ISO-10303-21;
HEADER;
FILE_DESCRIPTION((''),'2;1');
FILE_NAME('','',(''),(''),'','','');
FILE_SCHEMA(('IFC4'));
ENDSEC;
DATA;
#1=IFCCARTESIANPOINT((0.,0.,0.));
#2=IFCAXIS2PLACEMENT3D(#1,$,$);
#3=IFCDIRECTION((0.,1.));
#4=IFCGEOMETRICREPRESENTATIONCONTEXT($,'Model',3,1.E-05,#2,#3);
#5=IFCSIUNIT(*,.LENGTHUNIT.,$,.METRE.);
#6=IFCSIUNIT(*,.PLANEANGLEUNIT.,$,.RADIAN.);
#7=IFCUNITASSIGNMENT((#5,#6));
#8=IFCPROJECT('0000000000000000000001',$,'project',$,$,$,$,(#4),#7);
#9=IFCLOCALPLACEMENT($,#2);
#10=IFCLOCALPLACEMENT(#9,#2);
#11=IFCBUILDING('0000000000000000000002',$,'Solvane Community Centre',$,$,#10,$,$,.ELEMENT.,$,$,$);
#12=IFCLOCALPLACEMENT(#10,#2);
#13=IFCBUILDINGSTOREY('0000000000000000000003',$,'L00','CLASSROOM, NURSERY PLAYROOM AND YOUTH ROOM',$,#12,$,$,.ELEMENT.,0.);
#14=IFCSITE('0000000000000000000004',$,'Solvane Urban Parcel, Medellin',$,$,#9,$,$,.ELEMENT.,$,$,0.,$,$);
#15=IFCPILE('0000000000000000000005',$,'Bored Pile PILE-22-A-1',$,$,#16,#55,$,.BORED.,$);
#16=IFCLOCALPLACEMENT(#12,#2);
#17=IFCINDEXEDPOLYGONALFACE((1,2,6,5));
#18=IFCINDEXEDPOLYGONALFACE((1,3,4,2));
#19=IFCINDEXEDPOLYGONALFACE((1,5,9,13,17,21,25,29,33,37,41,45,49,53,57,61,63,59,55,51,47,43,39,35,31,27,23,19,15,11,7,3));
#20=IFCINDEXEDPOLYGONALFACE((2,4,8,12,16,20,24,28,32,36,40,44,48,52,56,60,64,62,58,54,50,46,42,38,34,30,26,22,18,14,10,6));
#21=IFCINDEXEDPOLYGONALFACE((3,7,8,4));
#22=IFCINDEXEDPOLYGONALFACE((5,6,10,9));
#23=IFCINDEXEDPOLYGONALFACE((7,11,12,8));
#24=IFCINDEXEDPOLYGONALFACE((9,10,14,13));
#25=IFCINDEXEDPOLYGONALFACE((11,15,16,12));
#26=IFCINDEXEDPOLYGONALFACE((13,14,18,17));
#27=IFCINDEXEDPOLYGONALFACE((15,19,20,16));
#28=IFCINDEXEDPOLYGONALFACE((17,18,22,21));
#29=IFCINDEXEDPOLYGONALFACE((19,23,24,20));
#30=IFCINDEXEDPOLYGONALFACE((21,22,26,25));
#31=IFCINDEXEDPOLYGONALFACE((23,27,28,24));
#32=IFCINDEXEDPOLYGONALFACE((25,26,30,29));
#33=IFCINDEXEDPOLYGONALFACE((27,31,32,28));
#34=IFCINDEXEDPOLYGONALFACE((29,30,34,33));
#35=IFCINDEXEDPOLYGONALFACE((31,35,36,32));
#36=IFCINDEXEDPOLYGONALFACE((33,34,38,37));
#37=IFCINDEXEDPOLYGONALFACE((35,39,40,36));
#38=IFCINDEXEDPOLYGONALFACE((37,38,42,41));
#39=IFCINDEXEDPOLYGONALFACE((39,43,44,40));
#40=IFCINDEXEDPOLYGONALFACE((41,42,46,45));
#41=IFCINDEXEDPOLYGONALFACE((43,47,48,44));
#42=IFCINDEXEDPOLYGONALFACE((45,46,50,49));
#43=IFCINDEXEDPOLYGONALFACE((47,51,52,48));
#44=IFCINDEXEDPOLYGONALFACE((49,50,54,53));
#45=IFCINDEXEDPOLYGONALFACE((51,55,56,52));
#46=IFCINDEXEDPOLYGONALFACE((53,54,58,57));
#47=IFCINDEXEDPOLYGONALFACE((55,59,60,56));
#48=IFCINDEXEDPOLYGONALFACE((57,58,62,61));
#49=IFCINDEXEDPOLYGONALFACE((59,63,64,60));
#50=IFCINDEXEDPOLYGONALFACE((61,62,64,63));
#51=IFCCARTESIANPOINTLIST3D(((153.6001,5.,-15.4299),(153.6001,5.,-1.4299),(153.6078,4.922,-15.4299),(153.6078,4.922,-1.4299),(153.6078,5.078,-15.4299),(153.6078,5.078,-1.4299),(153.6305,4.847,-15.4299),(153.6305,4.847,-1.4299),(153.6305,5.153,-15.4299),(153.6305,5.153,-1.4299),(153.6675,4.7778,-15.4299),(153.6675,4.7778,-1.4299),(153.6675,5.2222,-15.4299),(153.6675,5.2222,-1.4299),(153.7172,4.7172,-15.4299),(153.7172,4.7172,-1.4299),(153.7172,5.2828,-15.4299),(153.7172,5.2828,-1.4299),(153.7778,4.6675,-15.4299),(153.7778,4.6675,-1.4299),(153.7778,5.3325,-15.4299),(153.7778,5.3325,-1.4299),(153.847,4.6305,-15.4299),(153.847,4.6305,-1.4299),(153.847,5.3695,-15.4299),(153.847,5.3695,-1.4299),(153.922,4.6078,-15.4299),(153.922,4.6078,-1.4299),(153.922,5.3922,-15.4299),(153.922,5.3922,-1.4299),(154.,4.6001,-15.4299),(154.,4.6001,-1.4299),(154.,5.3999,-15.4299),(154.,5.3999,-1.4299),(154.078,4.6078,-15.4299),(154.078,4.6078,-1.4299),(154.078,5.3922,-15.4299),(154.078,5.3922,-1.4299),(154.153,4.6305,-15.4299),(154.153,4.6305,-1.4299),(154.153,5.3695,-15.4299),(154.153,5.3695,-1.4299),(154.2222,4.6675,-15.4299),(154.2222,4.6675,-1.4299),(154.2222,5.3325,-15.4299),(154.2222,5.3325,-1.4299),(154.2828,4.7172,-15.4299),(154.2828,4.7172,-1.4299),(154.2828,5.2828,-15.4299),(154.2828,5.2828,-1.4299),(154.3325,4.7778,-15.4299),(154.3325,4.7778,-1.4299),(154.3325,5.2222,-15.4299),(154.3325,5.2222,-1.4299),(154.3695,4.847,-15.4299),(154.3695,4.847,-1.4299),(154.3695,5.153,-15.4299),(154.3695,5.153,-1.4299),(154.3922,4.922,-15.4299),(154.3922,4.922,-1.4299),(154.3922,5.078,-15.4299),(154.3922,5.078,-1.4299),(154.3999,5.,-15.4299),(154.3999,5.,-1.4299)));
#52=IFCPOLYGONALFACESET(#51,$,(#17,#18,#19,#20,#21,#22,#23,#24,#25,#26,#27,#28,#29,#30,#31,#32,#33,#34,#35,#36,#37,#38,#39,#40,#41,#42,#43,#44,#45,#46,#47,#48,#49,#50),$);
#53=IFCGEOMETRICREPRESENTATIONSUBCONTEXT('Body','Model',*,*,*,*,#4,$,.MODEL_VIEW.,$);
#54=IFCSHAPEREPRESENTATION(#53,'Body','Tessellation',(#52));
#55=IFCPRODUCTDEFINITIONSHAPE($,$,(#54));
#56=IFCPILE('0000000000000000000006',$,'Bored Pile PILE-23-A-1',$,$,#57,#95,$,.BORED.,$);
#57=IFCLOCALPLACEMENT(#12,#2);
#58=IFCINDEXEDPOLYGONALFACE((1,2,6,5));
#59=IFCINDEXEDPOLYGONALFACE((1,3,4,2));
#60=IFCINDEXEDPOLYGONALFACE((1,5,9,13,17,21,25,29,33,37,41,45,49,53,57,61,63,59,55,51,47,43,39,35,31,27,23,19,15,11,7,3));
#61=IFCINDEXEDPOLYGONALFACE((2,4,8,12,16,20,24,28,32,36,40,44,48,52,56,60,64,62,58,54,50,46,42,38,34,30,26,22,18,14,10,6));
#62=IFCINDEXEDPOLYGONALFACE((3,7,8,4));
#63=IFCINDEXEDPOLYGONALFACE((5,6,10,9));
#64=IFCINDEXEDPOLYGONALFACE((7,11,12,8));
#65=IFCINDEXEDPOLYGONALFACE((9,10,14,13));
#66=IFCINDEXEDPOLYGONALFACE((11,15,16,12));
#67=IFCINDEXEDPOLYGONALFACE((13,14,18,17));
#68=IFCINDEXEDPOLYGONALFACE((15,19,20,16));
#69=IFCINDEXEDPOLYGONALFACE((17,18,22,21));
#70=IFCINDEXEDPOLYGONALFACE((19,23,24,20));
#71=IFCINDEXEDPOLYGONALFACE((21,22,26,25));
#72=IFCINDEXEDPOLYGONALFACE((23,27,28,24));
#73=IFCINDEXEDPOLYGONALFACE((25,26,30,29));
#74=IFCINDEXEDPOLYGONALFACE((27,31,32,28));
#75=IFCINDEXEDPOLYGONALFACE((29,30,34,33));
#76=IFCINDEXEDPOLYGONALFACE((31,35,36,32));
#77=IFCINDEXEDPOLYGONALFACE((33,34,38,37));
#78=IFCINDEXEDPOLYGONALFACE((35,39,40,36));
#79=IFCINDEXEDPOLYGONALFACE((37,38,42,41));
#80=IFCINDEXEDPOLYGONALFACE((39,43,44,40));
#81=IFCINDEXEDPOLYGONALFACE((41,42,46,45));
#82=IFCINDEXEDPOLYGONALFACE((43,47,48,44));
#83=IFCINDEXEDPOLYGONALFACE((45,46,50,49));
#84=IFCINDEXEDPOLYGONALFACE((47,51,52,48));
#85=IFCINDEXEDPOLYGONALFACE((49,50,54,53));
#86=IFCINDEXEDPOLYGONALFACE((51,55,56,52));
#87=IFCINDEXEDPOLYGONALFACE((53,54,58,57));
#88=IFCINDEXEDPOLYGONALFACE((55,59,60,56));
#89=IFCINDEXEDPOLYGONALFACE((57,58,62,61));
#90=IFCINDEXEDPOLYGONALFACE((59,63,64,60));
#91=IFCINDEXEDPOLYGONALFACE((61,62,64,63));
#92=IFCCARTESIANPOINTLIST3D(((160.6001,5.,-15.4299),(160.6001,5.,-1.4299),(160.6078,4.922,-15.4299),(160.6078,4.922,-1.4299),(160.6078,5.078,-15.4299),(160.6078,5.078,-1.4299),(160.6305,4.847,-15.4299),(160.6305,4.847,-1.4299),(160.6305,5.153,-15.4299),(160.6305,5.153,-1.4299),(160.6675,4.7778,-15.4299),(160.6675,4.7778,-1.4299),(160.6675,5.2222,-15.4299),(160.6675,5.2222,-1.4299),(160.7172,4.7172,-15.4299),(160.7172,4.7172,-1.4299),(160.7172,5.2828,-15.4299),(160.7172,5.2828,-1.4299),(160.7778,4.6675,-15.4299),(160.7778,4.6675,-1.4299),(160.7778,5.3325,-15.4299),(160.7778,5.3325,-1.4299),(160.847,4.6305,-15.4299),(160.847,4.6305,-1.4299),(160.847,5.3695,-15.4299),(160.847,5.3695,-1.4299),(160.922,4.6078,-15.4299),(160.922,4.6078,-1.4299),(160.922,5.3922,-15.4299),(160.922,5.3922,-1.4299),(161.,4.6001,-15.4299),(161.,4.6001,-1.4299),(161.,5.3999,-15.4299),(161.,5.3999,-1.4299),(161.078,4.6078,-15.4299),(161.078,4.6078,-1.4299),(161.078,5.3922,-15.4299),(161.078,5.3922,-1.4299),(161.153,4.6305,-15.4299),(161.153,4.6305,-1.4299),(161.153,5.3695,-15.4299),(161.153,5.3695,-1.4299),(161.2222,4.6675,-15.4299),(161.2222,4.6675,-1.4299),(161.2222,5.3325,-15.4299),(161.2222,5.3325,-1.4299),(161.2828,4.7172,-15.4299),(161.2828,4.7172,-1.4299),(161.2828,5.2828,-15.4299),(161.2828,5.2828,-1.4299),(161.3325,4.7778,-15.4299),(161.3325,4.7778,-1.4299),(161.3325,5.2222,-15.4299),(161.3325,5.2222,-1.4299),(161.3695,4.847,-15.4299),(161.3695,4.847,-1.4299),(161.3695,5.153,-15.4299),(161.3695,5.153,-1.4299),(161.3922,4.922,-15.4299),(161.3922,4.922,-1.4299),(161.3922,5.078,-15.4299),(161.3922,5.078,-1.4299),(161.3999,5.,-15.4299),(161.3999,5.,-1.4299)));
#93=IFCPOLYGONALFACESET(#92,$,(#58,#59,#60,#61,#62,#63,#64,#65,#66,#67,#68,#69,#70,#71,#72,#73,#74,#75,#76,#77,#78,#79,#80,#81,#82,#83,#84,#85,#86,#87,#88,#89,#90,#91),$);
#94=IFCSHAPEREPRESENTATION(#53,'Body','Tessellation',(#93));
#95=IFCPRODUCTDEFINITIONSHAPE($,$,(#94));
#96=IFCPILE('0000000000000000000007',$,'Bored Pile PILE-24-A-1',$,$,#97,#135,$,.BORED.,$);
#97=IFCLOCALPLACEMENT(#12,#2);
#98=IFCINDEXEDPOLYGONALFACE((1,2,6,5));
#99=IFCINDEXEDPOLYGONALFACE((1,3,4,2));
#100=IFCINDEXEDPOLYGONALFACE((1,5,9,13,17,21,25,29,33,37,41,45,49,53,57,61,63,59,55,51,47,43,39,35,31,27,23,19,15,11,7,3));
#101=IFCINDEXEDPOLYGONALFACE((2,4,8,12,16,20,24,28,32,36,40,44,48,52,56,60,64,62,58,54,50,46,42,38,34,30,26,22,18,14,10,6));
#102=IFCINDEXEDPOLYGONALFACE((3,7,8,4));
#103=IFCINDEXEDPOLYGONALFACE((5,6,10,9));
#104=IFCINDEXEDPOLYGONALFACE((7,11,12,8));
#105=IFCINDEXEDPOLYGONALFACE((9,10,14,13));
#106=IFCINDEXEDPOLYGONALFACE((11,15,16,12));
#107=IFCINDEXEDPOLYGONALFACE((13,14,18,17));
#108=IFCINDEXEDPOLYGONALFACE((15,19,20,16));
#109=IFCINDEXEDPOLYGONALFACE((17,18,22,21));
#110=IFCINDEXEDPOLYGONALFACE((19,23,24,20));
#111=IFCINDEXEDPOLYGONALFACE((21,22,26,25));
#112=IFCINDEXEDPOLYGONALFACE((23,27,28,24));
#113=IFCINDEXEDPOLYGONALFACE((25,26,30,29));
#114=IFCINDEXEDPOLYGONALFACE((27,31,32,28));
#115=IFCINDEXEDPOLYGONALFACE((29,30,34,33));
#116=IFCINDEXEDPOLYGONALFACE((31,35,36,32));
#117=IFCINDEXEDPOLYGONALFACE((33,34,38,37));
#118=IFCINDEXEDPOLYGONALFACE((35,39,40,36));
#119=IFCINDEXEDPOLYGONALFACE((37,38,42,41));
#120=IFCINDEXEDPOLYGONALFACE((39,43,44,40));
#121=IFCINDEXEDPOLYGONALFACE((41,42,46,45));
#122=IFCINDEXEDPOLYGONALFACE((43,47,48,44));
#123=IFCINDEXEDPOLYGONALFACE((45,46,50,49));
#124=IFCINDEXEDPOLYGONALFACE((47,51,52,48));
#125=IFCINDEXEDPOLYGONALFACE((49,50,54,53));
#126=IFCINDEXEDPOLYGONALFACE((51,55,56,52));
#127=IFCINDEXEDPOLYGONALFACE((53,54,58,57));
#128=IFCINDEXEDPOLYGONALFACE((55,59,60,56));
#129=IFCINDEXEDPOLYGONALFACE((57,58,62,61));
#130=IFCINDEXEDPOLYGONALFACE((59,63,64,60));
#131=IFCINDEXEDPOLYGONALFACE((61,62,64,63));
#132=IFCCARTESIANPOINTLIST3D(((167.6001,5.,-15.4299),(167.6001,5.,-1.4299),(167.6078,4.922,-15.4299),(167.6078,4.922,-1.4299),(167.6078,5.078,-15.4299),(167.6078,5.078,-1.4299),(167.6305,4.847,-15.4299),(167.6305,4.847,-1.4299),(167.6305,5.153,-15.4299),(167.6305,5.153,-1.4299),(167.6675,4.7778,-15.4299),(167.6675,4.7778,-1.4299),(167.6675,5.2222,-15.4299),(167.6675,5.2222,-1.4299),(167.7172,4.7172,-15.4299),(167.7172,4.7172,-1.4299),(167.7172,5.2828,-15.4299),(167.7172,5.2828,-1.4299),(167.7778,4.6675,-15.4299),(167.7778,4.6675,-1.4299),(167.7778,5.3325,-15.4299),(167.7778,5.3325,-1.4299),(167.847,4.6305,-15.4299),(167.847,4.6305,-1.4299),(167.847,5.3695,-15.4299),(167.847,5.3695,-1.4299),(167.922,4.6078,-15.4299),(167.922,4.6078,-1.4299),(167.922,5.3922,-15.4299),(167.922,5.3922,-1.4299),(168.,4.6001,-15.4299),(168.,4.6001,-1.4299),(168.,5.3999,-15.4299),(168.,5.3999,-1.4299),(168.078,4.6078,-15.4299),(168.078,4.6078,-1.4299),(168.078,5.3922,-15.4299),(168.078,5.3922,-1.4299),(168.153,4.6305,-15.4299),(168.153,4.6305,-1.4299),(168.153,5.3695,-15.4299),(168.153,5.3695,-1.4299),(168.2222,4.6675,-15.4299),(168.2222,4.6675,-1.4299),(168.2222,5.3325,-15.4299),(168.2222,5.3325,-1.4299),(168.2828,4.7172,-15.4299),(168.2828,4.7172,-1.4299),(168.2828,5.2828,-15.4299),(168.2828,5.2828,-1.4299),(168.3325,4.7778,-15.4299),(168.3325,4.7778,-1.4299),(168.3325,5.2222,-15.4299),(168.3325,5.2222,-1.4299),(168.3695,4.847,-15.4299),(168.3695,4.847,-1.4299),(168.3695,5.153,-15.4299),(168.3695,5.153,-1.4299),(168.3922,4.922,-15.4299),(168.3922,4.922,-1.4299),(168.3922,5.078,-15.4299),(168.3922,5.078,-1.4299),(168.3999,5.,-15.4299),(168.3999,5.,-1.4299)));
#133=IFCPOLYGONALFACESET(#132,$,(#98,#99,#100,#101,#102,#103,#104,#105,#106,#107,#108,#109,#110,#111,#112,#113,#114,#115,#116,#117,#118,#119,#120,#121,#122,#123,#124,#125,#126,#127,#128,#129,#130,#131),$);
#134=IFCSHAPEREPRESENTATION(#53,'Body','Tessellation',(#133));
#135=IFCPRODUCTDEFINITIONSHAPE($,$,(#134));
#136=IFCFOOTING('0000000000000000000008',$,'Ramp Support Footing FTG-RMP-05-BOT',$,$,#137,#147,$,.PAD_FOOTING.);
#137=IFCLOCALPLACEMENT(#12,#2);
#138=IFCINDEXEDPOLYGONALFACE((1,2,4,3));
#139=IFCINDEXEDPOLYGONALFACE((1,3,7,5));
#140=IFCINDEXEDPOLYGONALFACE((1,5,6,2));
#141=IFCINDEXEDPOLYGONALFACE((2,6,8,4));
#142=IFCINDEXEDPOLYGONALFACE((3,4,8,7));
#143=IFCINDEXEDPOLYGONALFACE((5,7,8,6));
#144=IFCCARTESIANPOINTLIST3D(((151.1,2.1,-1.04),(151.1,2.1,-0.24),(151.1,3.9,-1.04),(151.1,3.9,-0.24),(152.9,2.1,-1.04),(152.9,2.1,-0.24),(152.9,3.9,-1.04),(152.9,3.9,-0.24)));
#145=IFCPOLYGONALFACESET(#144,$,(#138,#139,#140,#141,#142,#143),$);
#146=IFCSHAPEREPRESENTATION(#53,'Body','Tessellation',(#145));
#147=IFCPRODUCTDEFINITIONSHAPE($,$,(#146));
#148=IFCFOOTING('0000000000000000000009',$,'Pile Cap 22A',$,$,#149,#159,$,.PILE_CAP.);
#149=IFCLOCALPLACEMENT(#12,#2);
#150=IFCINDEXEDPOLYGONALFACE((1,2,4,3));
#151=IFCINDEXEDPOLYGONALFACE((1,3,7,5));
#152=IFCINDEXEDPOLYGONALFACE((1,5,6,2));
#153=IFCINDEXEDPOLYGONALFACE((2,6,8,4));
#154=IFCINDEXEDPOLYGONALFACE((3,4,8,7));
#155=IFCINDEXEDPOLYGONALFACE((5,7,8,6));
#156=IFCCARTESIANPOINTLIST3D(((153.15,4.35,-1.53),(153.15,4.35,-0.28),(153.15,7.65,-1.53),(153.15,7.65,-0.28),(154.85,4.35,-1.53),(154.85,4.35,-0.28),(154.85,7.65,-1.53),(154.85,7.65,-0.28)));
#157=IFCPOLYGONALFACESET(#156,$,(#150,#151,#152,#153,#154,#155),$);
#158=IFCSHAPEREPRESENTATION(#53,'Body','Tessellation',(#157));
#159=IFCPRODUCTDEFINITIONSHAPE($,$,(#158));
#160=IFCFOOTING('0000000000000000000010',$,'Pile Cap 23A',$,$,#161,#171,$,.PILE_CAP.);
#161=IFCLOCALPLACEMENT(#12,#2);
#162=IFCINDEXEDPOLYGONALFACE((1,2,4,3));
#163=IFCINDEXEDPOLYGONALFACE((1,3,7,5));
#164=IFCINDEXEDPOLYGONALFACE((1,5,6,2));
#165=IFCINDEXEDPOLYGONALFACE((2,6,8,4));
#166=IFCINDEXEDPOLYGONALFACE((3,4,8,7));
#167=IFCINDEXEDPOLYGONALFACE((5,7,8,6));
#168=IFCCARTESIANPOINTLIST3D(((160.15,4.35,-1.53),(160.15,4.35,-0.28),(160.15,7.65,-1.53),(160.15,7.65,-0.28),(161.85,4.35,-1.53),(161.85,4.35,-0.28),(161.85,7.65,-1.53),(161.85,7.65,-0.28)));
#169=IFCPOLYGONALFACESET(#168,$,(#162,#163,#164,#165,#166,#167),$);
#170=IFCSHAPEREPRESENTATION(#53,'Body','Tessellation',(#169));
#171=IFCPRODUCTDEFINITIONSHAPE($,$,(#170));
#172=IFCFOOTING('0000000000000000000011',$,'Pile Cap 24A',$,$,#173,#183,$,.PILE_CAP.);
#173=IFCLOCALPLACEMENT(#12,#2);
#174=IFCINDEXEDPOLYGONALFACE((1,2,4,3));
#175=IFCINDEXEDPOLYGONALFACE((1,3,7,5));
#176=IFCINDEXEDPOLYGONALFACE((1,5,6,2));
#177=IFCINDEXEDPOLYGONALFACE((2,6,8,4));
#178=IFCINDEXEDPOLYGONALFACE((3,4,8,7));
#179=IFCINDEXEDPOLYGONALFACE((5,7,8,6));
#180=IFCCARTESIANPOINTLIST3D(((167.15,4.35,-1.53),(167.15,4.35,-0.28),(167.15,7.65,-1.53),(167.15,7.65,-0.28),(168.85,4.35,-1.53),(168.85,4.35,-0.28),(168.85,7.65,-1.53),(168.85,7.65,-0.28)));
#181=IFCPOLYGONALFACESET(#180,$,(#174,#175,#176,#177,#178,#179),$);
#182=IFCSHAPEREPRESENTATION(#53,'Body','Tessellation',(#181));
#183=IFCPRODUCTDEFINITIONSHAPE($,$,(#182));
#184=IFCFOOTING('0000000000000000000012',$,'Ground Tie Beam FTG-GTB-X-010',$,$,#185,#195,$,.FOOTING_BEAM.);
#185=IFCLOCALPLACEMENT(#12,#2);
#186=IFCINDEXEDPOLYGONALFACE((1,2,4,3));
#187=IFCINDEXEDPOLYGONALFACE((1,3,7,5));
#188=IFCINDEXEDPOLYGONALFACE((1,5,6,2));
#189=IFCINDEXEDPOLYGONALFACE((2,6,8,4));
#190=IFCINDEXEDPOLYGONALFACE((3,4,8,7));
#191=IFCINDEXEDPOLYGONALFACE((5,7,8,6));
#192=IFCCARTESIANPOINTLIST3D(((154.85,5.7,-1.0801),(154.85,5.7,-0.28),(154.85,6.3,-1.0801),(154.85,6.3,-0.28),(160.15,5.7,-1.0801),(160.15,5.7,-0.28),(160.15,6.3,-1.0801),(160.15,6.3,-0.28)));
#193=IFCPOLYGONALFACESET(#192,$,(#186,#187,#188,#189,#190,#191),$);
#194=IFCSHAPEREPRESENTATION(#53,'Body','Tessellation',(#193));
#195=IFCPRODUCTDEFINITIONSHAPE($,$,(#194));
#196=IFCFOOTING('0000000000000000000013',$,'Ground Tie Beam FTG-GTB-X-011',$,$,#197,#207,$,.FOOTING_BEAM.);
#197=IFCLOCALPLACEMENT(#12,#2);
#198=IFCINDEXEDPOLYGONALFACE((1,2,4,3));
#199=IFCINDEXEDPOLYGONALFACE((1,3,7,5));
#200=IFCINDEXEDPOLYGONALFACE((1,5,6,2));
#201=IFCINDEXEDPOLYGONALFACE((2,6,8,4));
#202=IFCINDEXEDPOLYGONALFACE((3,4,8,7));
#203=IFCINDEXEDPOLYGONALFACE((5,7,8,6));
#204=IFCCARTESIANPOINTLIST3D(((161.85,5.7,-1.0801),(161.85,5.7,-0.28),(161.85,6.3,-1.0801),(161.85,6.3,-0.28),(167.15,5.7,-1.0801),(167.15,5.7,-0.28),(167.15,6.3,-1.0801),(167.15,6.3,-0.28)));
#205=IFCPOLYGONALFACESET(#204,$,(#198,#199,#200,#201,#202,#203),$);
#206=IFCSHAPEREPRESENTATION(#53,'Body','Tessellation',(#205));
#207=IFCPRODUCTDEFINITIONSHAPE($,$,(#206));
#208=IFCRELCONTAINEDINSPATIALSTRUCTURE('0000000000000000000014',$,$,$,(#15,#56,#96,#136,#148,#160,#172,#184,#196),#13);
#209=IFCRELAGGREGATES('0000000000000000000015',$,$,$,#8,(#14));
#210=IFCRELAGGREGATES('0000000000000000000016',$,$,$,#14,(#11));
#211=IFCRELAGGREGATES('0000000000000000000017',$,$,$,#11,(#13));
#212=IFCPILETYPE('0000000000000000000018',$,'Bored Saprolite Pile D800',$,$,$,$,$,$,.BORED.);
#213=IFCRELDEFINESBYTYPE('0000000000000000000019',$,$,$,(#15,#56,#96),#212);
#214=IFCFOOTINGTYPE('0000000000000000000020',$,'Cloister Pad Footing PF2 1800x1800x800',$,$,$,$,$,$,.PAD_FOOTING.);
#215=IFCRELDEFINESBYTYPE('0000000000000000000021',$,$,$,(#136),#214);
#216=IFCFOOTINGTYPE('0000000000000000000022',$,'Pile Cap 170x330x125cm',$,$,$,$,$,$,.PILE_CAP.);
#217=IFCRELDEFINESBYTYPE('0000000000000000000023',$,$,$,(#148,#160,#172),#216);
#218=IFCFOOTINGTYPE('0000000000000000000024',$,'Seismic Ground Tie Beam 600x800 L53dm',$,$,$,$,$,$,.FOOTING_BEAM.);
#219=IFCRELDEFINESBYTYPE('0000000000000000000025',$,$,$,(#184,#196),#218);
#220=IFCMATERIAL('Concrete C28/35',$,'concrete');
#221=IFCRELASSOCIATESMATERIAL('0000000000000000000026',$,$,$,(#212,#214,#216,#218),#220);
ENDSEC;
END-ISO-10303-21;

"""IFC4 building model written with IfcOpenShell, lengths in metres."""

from ifc_helpers import new_model, si_unit, direction, frame, origin, origin_2d, place, context, subcontext, project, spatial, rectangle, circle, extrude, material, material_profile, profile_set, type_object, element, save


model = new_model("IFC4")

# Units and contexts
model_context = context("Model", 3, precision=1e-05, world=origin(), true_north=direction((0.0, 1.0)))
body_context = subcontext(model_context, "Body", "Model", "MODEL_VIEW")
ifc_project = project(units=[si_unit("LENGTHUNIT", "METRE"), si_unit("PLANEANGLEUNIT", "RADIAN")], contexts=[model_context])

# Site, building, storey
site_placement = place(None, origin())
site = spatial("IfcSite", under=ifc_project, at=site_placement, Name="Solvane Urban Parcel, Medellin", CompositionType="ELEMENT", RefElevation=0.0)
building_placement = place(site_placement, origin())
building = spatial("IfcBuilding", under=site, at=building_placement, Name="Solvane Community Centre", CompositionType="ELEMENT")
storey_placement = place(building_placement, origin())
storey = spatial("IfcBuildingStorey", under=building, at=storey_placement, Name="L00", Description="CLASSROOM, NURSERY PLAYROOM AND YOUTH ROOM", CompositionType="ELEMENT", Elevation=0.0)

# Piles
ifc_material_1 = material(Name="Concrete C28/35", Category="concrete")
ifc_material_profile_1 = material_profile(ifc_material_1, circle(Radius=0.3999, at=origin_2d()), Name="PILE D800")
ifc_profile_set_1 = profile_set([ifc_material_profile_1], Name="Concrete C28/35")
pile_type = type_object("IfcPileType", Name="Bored Saprolite Pile D800", PredefinedType="BORED", material=ifc_profile_set_1)
for number, where, z_axis, x_axis, name in (
    (1, (154.0, 5.0, -1.4299), (0.0, 0.0, -1.0), (1.0, 0.0, 0.0), "Bored Pile PILE-22-A-1"),
    (2, (161.0, 5.0, -1.4299), (0.0, 0.0, -1.0), (1.0, 0.0, 0.0), "Bored Pile PILE-23-A-1"),
    (3, (168.0, 5.0, -1.4299), (0.0, 0.0, -1.0), (1.0, 0.0, 0.0), "Bored Pile PILE-24-A-1"),
):
    element("IfcPile", number, at=place(storey_placement, frame(where, z_axis=z_axis, x_axis=x_axis)), inside=storey, type_object=pile_type, Name=name, PredefinedType="BORED", context=body_context, shape_type="SweptSolid", body=[
        extrude(circle(Radius=0.3999, at=origin_2d()), origin(), (0.0, 0.0, 1.0), 14.0),
    ])

# Footings
footing_type_1 = type_object("IfcFootingType", Name="Cloister Pad Footing PF2 1800x1800x800", PredefinedType="PAD_FOOTING", material=ifc_material_1)
footing_placement = place(storey_placement, frame((152.0, 3.0, -1.04), z_axis=(0.0, 0.0, 1.0), x_axis=(1.0, 0.0, 0.0)))
element("IfcFooting", 4, at=footing_placement, inside=storey, type_object=footing_type_1, Name="Ramp Support Footing FTG-RMP-05-BOT", PredefinedType="PAD_FOOTING", context=body_context, shape_type="SweptSolid", body=[
    extrude(rectangle(XDim=1.8, YDim=1.8, at=origin_2d()), origin(), (0.0, 0.0, 1.0), 0.8),
])
footing_type_2 = type_object("IfcFootingType", Name="Pile Cap 170x330x125cm", PredefinedType="PILE_CAP", material=ifc_material_1)
for number, where, z_axis, x_axis, name in (
    (5, (154.0, 6.0, -1.53), (0.0, 0.0, 1.0), (1.0, 0.0, 0.0), "Pile Cap 22A"),
    (6, (161.0, 6.0, -1.53), (0.0, 0.0, 1.0), (1.0, 0.0, 0.0), "Pile Cap 23A"),
    (7, (168.0, 6.0, -1.53), (0.0, 0.0, 1.0), (1.0, 0.0, 0.0), "Pile Cap 24A"),
):
    element("IfcFooting", number, at=place(storey_placement, frame(where, z_axis=z_axis, x_axis=x_axis)), inside=storey, type_object=footing_type_2, Name=name, PredefinedType="PILE_CAP", context=body_context, shape_type="SweptSolid", body=[
        extrude(rectangle(XDim=1.7, YDim=3.3, at=origin_2d()), origin(), (0.0, 0.0, 1.0), 1.25),
    ])
footing_type_3 = type_object("IfcFootingType", Name="Seismic Ground Tie Beam 600x800 L53dm", PredefinedType="FOOTING_BEAM", material=ifc_material_1)
for number, where, z_axis, x_axis, name in (
    (8, (157.5, 6.0, -1.0801), (0.0, 0.0, 1.0), (1.0, 0.0, 0.0), "Ground Tie Beam FTG-GTB-X-010"),
    (9, (164.5, 6.0, -1.0801), (0.0, 0.0, 1.0), (1.0, 0.0, 0.0), "Ground Tie Beam FTG-GTB-X-011"),
):
    element("IfcFooting", number, at=place(storey_placement, frame(where, z_axis=z_axis, x_axis=x_axis)), inside=storey, type_object=footing_type_3, Name=name, PredefinedType="FOOTING_BEAM", context=body_context, shape_type="SweptSolid", body=[
        extrude(rectangle(XDim=5.3, YDim=0.6001, at=origin_2d()), origin(), (0.0, 0.0, 1.0), 0.8),
    ])

save(model, "model.ifc")
